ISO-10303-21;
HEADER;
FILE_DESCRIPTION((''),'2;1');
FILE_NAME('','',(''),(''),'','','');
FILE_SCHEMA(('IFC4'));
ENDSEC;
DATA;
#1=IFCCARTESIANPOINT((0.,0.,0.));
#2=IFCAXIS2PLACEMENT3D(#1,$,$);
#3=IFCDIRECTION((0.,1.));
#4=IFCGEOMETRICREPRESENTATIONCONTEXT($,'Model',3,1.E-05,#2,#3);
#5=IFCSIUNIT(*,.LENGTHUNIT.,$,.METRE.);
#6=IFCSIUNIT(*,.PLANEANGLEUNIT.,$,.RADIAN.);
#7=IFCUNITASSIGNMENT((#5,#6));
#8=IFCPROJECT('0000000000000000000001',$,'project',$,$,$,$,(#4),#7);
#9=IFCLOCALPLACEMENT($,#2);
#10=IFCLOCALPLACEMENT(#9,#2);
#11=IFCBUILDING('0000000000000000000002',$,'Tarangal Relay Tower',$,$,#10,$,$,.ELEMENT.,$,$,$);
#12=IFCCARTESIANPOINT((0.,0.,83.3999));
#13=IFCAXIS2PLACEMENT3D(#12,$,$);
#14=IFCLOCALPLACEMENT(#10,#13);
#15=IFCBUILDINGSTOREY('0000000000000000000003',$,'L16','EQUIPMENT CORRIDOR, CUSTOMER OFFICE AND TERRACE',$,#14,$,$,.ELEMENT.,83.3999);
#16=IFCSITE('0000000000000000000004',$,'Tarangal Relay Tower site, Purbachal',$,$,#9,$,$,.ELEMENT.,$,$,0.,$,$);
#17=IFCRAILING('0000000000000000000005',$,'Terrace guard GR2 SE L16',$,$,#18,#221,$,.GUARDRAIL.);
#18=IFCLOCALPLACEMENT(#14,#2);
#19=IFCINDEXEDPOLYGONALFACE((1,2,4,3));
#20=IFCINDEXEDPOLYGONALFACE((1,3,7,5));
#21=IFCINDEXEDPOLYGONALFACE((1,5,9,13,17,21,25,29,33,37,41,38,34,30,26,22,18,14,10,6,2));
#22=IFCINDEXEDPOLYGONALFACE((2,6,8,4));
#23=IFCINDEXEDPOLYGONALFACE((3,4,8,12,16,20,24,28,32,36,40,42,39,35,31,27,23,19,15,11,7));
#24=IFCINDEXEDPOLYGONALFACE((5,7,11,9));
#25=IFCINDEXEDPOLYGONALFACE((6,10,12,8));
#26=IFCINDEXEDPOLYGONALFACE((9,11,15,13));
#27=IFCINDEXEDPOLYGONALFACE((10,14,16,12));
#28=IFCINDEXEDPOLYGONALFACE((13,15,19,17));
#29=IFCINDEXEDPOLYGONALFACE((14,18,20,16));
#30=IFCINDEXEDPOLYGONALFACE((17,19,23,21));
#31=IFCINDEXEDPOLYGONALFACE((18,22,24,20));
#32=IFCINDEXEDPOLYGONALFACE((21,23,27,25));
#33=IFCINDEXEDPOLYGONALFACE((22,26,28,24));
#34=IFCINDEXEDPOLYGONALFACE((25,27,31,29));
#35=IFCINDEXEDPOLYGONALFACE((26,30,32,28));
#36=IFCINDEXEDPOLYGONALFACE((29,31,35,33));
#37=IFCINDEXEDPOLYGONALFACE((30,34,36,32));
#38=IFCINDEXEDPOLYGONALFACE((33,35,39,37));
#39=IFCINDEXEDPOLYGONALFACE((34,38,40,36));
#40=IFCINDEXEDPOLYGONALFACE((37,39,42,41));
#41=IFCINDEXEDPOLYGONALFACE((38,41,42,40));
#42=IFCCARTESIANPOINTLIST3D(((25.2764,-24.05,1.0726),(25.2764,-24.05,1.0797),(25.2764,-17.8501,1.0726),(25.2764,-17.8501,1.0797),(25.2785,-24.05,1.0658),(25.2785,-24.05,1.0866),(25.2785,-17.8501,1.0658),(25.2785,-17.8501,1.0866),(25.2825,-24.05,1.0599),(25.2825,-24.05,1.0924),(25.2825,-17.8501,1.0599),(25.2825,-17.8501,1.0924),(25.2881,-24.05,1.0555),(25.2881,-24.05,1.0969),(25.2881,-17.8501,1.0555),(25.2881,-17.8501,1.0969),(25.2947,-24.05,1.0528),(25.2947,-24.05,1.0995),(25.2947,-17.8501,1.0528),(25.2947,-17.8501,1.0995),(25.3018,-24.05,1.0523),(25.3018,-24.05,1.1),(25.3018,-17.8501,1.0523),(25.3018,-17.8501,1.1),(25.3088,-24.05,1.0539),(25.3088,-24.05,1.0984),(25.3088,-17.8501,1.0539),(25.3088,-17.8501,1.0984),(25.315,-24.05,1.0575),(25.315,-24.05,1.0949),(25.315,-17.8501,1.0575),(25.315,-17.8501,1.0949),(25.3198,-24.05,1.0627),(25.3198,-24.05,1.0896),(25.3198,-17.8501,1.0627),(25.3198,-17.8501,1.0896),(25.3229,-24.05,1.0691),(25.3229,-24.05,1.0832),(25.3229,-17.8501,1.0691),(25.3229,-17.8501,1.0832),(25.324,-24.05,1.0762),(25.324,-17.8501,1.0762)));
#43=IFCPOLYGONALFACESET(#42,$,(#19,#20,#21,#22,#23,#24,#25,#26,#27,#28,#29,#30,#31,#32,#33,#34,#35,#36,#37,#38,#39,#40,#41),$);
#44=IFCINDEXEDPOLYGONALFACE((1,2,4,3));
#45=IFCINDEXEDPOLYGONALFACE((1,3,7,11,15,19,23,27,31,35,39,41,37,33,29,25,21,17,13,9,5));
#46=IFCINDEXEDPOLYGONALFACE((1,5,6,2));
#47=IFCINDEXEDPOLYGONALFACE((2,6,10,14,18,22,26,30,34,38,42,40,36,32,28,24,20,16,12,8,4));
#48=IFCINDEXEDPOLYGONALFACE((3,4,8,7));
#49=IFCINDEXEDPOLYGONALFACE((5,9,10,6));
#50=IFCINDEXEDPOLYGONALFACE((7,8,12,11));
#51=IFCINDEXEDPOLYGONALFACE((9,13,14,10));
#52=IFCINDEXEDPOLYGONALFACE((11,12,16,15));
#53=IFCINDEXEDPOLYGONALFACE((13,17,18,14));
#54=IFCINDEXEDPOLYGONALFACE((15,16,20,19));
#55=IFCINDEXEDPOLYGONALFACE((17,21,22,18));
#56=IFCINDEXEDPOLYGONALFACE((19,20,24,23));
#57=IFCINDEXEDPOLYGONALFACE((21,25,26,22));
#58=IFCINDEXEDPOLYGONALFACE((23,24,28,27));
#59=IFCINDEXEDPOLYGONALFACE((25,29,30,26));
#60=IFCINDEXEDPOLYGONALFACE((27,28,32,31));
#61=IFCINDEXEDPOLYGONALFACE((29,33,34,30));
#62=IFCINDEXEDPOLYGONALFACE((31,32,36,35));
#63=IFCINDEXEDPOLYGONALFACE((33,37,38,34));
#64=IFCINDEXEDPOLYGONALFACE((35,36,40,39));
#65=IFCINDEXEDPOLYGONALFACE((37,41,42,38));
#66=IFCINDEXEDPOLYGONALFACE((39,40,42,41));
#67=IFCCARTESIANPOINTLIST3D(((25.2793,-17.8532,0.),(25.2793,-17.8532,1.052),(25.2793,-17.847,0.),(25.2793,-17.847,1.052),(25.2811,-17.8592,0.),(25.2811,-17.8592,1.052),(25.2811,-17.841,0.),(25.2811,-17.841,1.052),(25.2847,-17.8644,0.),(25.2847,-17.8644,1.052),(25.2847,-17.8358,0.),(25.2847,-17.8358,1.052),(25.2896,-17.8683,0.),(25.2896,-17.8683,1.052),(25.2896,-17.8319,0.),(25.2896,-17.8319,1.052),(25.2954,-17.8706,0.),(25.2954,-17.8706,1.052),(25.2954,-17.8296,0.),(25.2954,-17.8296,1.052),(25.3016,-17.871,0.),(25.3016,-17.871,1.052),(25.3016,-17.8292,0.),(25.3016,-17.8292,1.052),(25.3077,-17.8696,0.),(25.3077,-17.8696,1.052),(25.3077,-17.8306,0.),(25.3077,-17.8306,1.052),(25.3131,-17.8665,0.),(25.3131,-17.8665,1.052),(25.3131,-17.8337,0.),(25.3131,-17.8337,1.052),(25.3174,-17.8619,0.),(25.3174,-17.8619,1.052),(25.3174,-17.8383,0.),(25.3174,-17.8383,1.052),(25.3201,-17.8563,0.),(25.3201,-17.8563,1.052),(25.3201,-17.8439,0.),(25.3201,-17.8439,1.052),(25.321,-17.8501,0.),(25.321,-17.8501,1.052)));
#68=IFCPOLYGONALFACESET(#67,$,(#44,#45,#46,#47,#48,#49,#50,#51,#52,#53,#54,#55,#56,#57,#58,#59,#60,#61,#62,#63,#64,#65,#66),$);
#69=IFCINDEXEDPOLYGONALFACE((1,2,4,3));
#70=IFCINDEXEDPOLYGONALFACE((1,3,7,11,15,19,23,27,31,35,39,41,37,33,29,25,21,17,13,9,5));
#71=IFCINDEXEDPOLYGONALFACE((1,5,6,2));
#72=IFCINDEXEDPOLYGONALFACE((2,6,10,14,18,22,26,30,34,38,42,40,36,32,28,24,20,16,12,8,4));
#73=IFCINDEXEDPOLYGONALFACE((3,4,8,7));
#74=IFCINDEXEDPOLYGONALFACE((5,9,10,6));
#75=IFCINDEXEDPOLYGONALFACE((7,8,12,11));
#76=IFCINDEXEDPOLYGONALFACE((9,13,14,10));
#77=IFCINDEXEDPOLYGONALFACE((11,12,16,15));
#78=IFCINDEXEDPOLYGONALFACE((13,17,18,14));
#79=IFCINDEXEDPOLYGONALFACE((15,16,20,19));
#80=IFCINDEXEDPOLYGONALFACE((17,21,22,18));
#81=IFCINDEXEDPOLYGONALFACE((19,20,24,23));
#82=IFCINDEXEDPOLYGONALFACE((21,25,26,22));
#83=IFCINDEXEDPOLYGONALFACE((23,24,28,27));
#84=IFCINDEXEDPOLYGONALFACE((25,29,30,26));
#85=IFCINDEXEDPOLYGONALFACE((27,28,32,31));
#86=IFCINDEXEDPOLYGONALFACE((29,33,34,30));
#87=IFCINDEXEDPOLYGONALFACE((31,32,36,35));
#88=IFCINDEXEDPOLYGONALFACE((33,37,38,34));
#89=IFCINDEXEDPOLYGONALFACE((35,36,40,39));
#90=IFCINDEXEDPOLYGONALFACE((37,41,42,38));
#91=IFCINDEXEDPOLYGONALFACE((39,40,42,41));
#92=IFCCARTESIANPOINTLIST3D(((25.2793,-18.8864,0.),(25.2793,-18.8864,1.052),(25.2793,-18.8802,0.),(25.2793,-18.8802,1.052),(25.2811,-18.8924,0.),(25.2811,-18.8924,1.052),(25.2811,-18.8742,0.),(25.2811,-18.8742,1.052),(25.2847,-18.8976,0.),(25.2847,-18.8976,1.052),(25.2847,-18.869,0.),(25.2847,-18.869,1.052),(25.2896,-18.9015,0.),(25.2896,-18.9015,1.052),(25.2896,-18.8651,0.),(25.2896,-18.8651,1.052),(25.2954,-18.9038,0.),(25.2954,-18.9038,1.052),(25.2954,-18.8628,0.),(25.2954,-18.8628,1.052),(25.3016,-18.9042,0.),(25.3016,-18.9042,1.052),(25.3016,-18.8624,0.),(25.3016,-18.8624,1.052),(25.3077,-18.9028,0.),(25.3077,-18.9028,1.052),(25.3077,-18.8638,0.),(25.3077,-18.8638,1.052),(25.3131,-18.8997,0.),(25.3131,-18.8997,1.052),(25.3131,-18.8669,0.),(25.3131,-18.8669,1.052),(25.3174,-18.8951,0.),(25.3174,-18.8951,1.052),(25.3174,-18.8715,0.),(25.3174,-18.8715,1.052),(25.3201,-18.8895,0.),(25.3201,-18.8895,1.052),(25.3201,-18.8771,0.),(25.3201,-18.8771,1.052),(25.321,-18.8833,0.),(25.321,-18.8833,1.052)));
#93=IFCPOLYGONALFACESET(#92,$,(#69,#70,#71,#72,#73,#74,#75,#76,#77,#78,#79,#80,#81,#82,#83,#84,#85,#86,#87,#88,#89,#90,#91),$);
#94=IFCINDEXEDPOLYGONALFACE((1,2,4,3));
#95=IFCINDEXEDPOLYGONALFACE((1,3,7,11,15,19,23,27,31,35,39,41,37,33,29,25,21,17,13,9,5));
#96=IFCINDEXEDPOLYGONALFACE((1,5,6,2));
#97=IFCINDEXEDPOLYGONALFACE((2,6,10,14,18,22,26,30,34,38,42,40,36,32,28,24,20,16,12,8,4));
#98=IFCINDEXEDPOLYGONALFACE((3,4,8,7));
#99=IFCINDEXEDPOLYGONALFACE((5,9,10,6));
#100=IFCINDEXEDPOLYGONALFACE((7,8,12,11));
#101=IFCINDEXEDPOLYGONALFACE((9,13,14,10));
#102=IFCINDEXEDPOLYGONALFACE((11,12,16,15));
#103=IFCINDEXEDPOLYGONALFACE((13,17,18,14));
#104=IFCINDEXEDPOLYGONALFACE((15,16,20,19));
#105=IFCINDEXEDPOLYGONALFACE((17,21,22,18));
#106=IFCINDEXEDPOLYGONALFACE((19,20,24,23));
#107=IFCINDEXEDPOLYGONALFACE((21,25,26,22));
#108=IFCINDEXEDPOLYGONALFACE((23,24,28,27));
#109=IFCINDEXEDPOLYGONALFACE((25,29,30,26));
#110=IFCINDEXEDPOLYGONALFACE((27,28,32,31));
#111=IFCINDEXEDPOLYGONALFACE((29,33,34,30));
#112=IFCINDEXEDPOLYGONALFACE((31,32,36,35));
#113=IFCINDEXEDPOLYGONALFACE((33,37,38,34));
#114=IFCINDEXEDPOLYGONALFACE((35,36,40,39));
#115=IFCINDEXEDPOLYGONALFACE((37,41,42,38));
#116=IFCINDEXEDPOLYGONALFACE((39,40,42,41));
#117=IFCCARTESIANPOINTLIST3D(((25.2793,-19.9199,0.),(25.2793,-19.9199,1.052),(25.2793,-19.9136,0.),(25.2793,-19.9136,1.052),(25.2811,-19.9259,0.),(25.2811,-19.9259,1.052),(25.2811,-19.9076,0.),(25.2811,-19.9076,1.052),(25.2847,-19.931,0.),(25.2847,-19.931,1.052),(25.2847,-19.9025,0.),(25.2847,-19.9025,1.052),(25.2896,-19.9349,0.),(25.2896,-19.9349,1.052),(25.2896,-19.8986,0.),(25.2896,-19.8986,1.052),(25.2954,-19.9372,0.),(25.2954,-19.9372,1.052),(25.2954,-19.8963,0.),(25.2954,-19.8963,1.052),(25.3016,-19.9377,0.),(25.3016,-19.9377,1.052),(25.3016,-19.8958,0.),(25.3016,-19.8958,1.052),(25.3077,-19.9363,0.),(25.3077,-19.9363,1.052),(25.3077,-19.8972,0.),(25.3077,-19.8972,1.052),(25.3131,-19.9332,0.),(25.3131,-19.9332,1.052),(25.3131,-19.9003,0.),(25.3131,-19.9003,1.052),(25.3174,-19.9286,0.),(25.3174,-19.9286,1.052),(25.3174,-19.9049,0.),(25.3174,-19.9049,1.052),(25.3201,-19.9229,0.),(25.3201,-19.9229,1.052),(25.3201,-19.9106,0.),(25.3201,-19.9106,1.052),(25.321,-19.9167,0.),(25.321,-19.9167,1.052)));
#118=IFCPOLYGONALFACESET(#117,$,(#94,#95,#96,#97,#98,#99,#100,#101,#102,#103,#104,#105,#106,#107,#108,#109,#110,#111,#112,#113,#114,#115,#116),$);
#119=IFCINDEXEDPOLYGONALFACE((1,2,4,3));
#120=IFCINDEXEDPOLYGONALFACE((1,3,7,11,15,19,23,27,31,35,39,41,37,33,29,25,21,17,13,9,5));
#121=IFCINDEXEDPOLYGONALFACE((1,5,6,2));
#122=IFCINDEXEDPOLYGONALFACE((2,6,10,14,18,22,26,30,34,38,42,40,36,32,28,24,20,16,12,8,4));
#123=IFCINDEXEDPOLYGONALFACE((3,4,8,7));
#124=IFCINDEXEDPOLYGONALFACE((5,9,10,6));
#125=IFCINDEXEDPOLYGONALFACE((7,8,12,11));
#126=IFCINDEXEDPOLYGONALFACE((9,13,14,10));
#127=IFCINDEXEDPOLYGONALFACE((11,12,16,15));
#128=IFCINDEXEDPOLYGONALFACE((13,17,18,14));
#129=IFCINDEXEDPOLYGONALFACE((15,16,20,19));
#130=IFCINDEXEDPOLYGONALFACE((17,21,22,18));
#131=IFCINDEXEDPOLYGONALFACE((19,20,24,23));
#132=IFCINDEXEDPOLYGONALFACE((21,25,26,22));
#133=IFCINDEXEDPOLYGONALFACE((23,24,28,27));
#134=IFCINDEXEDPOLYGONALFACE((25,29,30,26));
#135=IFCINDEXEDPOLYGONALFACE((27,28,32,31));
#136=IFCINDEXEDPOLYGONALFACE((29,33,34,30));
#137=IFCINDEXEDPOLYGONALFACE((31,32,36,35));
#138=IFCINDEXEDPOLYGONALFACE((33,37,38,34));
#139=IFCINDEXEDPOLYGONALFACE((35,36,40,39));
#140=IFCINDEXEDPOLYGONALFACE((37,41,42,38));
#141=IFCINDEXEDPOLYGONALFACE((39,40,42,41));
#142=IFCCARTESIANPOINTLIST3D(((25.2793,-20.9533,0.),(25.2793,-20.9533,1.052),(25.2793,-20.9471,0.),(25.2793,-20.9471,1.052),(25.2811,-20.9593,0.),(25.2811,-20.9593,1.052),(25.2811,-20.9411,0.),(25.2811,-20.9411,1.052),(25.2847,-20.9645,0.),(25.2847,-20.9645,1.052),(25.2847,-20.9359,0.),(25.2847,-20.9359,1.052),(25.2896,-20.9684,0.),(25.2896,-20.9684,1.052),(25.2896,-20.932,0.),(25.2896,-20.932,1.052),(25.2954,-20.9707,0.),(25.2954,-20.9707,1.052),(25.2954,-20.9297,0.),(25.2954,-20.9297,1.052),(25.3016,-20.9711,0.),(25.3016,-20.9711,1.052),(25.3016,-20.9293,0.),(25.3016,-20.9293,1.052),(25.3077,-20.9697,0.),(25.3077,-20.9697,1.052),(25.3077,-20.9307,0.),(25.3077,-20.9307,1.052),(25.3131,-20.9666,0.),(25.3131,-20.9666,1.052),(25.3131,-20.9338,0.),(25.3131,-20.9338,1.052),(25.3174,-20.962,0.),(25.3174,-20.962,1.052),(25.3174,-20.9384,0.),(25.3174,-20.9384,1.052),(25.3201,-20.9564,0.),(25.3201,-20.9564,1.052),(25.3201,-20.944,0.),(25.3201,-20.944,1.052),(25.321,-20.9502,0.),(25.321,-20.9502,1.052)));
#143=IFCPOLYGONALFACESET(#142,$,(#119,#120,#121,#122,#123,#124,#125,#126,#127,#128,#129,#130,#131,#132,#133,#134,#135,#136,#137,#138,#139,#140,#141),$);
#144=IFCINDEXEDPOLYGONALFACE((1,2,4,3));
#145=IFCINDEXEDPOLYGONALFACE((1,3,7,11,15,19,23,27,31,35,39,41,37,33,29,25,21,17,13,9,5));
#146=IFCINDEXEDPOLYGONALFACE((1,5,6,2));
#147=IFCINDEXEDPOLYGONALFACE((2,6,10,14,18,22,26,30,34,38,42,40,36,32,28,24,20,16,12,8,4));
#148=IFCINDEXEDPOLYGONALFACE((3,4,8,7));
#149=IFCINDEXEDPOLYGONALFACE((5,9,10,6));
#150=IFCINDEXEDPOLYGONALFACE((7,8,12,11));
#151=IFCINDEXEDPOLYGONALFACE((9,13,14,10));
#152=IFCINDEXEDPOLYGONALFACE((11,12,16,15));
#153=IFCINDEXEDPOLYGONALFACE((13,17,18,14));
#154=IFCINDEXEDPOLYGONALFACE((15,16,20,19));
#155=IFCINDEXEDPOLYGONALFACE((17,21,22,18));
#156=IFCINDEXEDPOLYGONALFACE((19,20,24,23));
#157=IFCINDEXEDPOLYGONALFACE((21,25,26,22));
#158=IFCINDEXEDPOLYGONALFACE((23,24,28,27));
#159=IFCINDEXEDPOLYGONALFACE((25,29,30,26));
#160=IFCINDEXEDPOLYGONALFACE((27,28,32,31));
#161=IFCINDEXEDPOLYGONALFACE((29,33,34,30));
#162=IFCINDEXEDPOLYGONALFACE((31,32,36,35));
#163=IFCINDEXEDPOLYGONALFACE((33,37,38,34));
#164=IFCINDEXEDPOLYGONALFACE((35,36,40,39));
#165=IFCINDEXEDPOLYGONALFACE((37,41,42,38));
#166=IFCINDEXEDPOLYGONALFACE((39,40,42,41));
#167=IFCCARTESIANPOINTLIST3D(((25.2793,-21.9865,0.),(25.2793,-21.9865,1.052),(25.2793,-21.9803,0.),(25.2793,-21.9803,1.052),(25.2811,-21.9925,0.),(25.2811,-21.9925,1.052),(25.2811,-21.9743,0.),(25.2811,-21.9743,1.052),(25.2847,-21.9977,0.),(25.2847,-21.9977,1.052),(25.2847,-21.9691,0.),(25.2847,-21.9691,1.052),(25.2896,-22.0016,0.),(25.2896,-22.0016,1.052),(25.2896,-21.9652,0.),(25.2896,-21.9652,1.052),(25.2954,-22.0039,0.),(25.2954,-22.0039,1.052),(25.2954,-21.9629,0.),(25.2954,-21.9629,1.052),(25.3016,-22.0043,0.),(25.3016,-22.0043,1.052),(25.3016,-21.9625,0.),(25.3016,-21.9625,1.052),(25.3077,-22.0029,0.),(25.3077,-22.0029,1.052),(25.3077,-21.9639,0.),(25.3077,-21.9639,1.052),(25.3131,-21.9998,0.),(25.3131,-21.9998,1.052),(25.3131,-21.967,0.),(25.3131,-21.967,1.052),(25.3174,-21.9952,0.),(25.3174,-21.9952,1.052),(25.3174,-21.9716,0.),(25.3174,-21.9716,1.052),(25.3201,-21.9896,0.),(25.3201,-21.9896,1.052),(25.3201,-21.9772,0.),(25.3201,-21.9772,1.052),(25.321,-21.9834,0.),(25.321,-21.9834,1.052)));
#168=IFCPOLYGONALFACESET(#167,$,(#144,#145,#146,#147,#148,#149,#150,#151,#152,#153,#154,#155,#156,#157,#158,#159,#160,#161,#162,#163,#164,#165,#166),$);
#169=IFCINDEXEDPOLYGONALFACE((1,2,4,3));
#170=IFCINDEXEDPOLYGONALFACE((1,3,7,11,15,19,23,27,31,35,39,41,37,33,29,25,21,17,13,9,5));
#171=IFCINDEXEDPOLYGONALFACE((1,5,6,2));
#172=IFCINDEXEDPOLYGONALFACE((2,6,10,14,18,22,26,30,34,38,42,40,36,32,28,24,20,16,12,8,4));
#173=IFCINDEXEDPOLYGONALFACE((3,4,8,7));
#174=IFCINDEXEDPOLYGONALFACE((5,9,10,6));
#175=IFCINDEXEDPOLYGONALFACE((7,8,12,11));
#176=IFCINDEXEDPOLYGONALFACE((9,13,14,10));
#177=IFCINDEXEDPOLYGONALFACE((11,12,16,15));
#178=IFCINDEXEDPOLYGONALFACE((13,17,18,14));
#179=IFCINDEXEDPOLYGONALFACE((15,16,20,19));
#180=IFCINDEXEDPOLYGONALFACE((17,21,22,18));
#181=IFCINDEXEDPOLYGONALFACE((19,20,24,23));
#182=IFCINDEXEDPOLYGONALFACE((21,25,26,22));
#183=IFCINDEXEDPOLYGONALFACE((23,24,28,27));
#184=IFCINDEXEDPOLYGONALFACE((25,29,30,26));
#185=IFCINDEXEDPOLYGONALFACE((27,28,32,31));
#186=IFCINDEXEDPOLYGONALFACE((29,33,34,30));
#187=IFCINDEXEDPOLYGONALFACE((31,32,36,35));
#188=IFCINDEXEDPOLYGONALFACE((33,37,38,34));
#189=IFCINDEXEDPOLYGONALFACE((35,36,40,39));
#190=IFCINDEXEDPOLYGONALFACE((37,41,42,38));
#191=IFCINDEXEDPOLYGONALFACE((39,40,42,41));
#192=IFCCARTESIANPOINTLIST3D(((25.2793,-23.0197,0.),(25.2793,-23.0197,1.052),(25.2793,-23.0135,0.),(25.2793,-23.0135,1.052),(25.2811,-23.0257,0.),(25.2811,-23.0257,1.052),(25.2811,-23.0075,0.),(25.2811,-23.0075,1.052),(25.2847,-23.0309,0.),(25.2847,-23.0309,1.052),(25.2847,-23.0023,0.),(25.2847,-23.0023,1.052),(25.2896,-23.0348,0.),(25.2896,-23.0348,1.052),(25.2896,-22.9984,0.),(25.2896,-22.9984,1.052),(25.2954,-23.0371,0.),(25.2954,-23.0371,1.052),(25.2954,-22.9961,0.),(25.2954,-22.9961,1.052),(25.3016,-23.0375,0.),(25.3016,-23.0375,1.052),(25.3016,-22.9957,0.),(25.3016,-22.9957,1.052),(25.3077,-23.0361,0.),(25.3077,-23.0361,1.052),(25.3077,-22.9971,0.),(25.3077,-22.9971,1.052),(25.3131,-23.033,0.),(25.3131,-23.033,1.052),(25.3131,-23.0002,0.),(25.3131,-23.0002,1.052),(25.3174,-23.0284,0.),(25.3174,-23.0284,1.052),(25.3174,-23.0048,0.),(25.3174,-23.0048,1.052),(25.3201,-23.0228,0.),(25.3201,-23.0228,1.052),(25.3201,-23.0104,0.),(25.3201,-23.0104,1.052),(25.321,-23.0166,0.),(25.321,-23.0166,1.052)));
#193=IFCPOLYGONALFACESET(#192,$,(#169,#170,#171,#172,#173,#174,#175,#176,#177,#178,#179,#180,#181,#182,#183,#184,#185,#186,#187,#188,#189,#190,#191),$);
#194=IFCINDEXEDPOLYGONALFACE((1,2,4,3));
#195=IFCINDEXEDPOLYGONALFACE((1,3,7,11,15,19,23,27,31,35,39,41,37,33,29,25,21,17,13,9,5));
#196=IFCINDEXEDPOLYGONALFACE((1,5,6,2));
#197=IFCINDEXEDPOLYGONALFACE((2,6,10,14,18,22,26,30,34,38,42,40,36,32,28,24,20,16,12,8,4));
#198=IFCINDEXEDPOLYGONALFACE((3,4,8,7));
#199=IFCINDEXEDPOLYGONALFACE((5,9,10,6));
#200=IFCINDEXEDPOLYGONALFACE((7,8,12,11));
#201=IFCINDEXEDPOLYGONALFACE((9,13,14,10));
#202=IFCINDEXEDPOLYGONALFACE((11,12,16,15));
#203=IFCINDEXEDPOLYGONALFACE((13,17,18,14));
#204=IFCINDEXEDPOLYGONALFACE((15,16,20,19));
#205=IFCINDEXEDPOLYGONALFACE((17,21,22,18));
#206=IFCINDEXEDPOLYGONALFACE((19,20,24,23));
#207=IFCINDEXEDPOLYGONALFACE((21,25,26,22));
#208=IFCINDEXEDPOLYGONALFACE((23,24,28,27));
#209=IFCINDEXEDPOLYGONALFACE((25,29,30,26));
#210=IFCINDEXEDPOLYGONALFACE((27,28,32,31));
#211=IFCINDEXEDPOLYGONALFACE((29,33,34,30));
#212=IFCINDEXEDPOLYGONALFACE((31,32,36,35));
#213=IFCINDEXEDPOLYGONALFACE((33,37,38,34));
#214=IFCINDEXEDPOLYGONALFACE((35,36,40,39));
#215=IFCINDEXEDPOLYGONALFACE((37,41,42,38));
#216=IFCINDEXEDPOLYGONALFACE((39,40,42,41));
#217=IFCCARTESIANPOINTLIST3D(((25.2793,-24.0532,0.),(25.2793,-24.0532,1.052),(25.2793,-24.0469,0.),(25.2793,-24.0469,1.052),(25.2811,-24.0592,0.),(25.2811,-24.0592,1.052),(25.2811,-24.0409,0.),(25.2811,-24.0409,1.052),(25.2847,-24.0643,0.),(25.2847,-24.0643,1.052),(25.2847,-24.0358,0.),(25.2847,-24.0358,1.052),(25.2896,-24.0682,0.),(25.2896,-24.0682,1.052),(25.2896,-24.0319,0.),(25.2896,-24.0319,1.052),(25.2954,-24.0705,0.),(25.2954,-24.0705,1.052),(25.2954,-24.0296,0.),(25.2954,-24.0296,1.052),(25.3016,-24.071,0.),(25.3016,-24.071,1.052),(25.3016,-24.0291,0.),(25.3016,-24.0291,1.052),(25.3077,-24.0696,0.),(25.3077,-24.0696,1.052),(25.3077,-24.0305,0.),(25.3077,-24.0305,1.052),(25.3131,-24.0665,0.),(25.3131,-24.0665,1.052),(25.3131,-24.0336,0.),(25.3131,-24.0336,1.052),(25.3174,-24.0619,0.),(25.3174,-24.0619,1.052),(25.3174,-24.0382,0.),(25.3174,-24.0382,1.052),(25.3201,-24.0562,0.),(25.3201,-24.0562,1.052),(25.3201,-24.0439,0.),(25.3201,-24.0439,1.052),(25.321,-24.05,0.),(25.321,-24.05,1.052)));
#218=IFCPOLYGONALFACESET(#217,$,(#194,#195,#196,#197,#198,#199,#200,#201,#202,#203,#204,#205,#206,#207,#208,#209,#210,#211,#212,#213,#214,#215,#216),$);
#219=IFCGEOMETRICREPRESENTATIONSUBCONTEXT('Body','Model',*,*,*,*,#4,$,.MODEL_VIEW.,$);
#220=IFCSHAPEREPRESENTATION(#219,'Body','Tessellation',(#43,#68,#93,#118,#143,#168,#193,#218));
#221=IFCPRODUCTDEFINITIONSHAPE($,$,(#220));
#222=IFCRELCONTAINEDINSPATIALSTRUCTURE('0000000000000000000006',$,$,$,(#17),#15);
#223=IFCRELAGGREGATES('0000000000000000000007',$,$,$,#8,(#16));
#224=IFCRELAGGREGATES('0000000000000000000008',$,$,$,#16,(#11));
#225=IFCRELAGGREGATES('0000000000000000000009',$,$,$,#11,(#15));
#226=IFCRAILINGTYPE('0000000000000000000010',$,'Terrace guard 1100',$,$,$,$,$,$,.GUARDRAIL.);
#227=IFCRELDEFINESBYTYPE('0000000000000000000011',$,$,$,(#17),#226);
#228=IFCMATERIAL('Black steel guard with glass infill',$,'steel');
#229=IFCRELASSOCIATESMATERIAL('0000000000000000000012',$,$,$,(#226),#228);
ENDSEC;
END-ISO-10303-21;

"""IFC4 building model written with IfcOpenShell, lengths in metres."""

from ifc_helpers import new_model, si_unit, direction, frame, origin, origin_2d, place, context, subcontext, project, spatial, circle, extrude, material, type_object, element, save


model = new_model("IFC4")

# Units and contexts
model_context = context("Model", 3, precision=1e-05, world=origin(), true_north=direction((0.0, 1.0)))
body_context = subcontext(model_context, "Body", "Model", "MODEL_VIEW")
ifc_project = project(units=[si_unit("LENGTHUNIT", "METRE"), si_unit("PLANEANGLEUNIT", "RADIAN")], contexts=[model_context])

# Site, building, storey
site_placement = place(None, origin())
site = spatial("IfcSite", under=ifc_project, at=site_placement, Name="Tarangal Relay Tower site, Purbachal", CompositionType="ELEMENT", RefElevation=0.0)
building_placement = place(site_placement, origin())
building = spatial("IfcBuilding", under=site, at=building_placement, Name="Tarangal Relay Tower", CompositionType="ELEMENT")
storey_placement = place(building_placement, frame((0.0, 0.0, 83.3999)))
storey = spatial("IfcBuildingStorey", under=building, at=storey_placement, Name="L16", Description="EQUIPMENT CORRIDOR, CUSTOMER OFFICE AND TERRACE", CompositionType="ELEMENT", Elevation=83.3999)

# Railing
ifc_material_1 = material(Name="Black steel guard with glass infill", Category="steel")
railing_type = type_object("IfcRailingType", Name="Terrace guard 1100", PredefinedType="GUARDRAIL", material=ifc_material_1)
railing_1_placement = place(storey_placement, frame((25.3, -17.8501, 0.0)))
element("IfcRailing", 1, at=railing_1_placement, inside=storey, type_object=railing_type, Name="Terrace guard GR2 SE L16", PredefinedType="GUARDRAIL", context=body_context, shape_type="SweptSolid", body=[
    extrude(circle(Radius=0.0239, at=origin_2d()), frame((0.0, 0.0, 1.0762), z_axis=(0.0, -1.0, 0.0), x_axis=(1.0, 0.0, 0.0)), (0.0, 0.0, 1.0), 6.2),
    extrude(circle(Radius=0.021, at=origin_2d()), origin(), (0.0, 0.0, 1.0), 1.052),
    extrude(circle(Radius=0.021, at=origin_2d()), frame((0.0, -1.0332, 0.0)), (0.0, 0.0, 1.0), 1.052),
    extrude(circle(Radius=0.021, at=origin_2d()), frame((0.0, -2.0667, 0.0)), (0.0, 0.0, 1.0), 1.052),
    extrude(circle(Radius=0.021, at=origin_2d()), frame((0.0, -3.1001, 0.0)), (0.0, 0.0, 1.0), 1.052),
    extrude(circle(Radius=0.021, at=origin_2d()), frame((0.0, -4.1333, 0.0)), (0.0, 0.0, 1.0), 1.052),
    extrude(circle(Radius=0.021, at=origin_2d()), frame((0.0, -5.1665, 0.0)), (0.0, 0.0, 1.0), 1.052),
    extrude(circle(Radius=0.021, at=origin_2d()), frame((0.0, -6.2, 0.0)), (0.0, 0.0, 1.0), 1.052),
])

save(model, "model.ifc")
